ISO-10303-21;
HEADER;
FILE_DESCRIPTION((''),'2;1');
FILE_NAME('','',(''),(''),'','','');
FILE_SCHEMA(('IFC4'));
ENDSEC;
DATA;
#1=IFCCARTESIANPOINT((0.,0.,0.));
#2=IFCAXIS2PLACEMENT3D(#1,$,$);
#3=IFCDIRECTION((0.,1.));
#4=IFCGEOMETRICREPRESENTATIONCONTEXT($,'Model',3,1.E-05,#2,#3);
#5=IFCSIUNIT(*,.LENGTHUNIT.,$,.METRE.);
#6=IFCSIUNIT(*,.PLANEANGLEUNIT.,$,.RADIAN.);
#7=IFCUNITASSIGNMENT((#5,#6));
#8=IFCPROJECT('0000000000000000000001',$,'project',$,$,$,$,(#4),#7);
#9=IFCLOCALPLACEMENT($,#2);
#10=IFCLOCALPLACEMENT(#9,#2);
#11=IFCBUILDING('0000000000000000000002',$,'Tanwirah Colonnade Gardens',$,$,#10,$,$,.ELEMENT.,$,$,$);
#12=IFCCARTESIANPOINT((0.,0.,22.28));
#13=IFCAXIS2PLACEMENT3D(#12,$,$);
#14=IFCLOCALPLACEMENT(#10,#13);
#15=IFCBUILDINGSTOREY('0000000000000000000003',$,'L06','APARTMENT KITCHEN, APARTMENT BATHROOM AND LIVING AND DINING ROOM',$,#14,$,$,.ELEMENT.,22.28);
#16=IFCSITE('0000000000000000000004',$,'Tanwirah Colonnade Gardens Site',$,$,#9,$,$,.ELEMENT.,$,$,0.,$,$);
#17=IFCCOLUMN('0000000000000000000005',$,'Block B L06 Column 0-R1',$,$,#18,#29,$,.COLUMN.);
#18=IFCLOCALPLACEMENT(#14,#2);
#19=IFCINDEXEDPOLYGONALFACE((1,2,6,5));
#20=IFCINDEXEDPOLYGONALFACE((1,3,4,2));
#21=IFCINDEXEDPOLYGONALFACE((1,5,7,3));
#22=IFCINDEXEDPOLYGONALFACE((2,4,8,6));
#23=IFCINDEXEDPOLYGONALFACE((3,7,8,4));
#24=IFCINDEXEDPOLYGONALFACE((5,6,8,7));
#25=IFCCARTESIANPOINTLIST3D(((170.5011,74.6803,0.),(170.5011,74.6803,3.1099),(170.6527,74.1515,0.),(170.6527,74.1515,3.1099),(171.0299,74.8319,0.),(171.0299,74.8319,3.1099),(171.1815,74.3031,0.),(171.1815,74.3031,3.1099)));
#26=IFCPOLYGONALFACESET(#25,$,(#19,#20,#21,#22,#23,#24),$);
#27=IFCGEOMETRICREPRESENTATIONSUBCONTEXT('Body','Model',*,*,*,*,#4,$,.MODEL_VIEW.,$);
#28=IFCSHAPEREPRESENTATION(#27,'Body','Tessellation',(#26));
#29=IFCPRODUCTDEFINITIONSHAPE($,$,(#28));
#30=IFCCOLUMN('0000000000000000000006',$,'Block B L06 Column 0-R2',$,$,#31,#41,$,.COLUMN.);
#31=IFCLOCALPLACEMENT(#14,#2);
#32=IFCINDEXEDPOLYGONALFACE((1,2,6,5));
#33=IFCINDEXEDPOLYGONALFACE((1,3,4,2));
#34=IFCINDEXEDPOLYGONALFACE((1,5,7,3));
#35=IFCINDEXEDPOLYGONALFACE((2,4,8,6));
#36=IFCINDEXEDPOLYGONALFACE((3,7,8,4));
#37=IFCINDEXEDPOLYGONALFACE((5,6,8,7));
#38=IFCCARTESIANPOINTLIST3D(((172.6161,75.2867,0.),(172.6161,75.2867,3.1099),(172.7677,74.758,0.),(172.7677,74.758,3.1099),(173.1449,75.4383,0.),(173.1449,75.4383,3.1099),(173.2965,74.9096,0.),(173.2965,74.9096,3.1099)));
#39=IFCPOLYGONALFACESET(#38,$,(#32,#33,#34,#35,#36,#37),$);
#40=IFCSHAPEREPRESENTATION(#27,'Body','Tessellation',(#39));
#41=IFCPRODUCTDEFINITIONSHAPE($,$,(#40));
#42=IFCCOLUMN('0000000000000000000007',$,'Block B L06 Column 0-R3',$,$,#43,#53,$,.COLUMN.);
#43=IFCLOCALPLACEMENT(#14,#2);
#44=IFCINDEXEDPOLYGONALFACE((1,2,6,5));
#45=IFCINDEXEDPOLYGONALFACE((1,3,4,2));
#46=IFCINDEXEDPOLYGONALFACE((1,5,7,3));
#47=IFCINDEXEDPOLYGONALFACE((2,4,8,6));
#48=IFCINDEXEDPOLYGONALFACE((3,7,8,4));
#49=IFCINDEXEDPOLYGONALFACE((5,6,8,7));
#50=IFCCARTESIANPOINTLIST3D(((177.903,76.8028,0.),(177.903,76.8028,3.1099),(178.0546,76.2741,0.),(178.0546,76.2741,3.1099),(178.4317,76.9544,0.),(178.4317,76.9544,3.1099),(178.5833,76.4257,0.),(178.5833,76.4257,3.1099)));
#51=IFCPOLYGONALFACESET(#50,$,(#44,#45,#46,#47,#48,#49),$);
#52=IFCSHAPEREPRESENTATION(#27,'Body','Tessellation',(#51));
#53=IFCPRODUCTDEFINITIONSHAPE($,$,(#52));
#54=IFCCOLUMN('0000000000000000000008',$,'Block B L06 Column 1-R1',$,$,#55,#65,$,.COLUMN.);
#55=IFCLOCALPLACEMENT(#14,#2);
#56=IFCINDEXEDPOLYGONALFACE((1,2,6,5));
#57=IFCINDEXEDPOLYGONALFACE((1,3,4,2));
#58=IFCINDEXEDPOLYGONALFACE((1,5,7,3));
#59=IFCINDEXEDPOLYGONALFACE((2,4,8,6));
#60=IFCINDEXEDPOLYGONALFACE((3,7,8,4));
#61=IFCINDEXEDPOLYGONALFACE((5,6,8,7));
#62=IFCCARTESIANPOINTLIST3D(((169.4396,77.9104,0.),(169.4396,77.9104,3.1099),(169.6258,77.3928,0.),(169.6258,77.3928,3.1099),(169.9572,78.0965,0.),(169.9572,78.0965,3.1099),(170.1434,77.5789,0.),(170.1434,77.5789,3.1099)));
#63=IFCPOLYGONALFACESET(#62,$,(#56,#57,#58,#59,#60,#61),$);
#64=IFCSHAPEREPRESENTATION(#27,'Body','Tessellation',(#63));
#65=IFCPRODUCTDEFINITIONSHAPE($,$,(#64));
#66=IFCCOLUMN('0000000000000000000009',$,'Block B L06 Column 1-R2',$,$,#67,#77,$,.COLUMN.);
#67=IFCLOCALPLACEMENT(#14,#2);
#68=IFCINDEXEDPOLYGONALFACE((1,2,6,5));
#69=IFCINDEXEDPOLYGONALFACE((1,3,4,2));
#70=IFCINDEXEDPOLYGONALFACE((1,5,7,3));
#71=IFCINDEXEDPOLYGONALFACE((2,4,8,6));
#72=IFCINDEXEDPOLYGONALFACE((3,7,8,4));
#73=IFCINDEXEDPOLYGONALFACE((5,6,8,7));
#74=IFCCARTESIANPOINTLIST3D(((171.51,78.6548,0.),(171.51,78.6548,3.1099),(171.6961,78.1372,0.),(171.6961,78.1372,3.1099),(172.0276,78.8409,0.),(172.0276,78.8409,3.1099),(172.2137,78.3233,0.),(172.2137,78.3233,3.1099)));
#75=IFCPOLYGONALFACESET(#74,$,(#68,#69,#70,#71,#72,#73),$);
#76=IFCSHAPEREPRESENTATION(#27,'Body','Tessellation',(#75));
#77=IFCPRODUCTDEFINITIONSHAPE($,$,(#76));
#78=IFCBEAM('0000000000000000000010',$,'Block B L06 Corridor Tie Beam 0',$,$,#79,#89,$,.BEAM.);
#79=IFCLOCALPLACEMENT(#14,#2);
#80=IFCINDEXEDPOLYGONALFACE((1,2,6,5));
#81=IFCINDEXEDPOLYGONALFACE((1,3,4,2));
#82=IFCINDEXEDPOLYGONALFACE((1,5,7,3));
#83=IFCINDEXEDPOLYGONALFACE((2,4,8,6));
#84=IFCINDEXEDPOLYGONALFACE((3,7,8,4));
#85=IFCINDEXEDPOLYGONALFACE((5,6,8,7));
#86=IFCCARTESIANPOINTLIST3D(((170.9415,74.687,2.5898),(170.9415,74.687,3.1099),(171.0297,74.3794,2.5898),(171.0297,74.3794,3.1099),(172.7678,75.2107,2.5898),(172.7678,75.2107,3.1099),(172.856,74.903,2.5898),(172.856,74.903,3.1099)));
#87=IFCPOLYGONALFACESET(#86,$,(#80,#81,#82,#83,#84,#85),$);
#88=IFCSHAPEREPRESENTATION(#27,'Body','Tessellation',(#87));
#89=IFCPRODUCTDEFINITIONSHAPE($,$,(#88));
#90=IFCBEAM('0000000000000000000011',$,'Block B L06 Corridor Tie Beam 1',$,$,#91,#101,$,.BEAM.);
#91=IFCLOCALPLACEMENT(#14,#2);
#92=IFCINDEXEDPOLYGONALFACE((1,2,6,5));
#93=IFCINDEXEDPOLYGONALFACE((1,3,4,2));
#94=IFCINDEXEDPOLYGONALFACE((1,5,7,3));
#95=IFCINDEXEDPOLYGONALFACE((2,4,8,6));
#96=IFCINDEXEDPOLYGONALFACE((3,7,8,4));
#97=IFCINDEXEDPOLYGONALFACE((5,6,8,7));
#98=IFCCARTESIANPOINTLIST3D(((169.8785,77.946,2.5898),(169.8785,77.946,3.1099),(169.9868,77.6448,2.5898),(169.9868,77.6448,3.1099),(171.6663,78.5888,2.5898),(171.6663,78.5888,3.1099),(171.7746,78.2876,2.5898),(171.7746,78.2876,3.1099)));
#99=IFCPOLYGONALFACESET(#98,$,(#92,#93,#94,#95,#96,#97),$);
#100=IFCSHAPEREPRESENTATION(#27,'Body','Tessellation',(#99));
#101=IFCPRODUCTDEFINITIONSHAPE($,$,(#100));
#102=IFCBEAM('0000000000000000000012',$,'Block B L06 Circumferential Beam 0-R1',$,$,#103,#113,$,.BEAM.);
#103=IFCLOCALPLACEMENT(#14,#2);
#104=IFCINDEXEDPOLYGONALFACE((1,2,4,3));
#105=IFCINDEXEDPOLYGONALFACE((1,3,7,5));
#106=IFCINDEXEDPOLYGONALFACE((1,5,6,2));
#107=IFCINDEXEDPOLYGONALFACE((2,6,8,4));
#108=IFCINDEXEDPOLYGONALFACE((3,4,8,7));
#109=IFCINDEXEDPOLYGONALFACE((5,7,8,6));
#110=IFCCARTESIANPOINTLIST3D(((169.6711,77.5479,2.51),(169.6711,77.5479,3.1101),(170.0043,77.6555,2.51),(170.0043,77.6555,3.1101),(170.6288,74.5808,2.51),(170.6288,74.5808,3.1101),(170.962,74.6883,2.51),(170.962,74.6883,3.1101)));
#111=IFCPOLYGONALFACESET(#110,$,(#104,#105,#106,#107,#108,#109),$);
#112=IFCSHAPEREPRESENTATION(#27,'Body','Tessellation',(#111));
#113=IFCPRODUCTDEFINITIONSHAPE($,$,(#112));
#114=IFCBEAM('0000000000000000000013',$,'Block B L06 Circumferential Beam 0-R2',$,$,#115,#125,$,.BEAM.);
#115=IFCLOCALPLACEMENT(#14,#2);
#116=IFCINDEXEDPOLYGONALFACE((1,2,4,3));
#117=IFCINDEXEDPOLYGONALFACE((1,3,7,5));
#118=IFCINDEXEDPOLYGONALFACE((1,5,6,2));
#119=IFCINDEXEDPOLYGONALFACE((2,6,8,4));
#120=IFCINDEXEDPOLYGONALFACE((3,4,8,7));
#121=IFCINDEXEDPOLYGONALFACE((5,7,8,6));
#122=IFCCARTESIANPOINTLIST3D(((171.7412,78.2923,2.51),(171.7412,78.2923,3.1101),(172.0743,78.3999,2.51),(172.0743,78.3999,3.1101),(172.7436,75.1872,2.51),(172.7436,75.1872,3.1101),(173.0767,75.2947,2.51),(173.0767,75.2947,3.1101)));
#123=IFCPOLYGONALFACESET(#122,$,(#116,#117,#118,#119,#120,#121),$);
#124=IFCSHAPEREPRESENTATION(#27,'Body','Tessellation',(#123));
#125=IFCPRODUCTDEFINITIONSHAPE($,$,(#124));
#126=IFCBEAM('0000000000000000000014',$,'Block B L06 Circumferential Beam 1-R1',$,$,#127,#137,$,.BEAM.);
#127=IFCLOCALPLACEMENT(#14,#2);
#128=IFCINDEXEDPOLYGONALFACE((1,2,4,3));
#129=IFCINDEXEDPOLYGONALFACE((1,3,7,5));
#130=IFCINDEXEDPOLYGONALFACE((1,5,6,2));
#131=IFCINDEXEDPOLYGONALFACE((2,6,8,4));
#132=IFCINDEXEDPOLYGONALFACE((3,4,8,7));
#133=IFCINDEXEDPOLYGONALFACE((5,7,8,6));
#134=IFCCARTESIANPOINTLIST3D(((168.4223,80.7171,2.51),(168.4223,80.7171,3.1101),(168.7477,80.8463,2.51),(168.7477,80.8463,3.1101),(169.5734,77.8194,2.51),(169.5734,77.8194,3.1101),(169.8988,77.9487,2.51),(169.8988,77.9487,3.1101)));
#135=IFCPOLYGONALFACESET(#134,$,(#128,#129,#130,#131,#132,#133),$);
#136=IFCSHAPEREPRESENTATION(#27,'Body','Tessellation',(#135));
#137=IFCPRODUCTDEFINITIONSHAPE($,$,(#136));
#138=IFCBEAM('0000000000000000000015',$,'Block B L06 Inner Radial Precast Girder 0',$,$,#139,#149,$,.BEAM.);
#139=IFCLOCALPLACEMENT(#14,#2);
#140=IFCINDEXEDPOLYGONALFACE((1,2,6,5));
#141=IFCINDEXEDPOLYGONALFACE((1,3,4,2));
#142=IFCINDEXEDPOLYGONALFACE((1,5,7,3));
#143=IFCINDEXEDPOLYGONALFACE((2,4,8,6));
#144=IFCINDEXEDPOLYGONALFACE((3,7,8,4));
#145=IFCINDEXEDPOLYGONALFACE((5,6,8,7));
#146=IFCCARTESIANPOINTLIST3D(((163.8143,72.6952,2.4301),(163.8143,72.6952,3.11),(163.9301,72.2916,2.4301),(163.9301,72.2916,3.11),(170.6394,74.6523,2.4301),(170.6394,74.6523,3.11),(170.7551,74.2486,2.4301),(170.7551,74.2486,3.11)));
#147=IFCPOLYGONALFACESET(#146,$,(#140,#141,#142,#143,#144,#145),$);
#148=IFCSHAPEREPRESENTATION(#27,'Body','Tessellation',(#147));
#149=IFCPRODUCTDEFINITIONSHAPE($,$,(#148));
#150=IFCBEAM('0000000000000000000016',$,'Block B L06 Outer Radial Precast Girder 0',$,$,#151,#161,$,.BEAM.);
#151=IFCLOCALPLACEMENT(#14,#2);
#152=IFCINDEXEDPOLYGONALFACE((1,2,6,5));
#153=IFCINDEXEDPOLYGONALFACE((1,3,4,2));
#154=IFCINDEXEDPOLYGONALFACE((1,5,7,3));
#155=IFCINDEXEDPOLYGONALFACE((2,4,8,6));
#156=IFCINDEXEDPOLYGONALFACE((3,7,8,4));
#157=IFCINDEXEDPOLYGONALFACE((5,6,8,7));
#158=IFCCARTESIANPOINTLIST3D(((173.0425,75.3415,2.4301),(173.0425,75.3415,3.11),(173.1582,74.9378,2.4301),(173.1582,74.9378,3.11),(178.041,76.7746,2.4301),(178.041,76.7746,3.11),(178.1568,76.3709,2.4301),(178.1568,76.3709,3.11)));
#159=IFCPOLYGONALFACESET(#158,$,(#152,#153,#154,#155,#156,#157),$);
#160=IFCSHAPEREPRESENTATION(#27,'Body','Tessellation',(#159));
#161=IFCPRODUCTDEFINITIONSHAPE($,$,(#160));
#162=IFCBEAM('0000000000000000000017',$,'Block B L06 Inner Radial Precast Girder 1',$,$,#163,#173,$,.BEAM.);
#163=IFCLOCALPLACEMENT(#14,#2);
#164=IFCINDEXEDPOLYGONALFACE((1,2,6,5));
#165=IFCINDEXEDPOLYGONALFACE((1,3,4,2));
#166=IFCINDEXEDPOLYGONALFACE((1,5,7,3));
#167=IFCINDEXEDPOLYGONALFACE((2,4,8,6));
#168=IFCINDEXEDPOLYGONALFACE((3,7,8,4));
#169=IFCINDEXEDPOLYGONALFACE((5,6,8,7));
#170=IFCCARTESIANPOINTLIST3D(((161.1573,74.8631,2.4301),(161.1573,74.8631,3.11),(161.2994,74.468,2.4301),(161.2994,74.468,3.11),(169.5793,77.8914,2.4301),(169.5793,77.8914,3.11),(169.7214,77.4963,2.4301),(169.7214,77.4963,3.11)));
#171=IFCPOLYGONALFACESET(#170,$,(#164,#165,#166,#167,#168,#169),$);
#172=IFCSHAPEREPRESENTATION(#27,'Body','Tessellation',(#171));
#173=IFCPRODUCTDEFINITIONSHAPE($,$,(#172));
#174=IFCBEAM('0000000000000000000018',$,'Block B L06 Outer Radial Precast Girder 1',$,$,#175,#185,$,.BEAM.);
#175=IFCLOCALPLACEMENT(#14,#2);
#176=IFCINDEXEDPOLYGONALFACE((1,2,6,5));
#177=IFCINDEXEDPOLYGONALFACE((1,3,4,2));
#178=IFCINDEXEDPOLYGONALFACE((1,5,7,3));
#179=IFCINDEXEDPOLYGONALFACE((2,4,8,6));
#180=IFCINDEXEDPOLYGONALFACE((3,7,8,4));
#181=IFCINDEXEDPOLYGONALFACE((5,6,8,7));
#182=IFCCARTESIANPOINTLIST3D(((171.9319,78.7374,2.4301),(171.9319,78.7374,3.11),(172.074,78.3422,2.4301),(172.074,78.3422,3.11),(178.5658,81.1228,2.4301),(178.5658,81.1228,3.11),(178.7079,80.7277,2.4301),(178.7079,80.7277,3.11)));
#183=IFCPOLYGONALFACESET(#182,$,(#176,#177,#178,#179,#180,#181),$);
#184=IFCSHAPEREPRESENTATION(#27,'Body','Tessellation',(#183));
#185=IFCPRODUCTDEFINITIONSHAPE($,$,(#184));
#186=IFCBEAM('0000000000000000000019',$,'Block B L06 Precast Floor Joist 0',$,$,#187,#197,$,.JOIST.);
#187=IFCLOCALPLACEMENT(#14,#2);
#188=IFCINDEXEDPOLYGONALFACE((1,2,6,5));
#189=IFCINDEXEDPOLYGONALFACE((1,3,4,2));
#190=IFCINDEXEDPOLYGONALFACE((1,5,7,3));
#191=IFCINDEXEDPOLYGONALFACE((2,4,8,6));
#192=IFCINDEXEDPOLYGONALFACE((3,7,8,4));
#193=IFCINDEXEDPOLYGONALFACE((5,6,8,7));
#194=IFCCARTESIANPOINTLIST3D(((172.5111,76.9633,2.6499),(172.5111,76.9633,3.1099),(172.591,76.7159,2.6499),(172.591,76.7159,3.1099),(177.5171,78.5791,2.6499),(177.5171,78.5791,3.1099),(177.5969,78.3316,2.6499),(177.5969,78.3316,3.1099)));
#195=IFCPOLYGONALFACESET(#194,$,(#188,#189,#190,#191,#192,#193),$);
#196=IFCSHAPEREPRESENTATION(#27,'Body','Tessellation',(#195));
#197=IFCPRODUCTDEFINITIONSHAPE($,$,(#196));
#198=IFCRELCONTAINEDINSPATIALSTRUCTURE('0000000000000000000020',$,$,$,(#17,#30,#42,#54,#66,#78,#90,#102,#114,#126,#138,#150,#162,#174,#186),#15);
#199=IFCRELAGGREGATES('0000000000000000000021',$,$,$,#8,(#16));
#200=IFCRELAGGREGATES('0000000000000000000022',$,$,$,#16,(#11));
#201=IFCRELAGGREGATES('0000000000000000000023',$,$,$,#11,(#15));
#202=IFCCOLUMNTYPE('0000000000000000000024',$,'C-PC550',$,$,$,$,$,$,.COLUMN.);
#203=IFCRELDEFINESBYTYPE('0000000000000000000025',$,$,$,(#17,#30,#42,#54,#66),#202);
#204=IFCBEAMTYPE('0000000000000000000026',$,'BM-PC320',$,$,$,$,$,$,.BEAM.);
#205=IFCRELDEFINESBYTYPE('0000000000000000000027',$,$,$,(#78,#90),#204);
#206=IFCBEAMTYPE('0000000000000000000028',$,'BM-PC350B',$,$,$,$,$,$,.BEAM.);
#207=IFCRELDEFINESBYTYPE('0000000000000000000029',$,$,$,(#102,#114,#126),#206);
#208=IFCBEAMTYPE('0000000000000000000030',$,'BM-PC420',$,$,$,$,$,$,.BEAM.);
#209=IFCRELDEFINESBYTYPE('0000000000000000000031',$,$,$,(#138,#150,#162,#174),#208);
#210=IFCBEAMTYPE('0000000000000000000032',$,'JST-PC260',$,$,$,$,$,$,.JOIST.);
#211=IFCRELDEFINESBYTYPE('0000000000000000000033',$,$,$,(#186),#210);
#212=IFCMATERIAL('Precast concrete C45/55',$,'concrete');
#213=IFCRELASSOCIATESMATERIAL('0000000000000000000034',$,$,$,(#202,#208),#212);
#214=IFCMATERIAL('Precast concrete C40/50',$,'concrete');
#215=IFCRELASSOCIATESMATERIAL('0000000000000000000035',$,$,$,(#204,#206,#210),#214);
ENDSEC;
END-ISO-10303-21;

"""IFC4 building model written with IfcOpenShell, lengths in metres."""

from ifc_helpers import new_model, si_unit, direction, frame, origin, origin_2d, place, context, subcontext, project, spatial, rectangle, extrude, material, material_profile, profile_set, type_object, element, save


model = new_model("IFC4")

# Units and contexts
model_context = context("Model", 3, precision=1e-05, world=origin(), true_north=direction((0.0, 1.0)))
body_context = subcontext(model_context, "Body", "Model", "MODEL_VIEW")
ifc_project = project(units=[si_unit("LENGTHUNIT", "METRE"), si_unit("PLANEANGLEUNIT", "RADIAN")], contexts=[model_context])

# Site, building, storey
site_placement = place(None, origin())
site = spatial("IfcSite", under=ifc_project, at=site_placement, Name="Tanwirah Colonnade Gardens Site", CompositionType="ELEMENT", RefElevation=0.0)
building_placement = place(site_placement, origin())
building = spatial("IfcBuilding", under=site, at=building_placement, Name="Tanwirah Colonnade Gardens", CompositionType="ELEMENT")
storey_placement = place(building_placement, frame((0.0, 0.0, 22.28)))
storey = spatial("IfcBuildingStorey", under=building, at=storey_placement, Name="L06", Description="APARTMENT KITCHEN, APARTMENT BATHROOM AND LIVING AND DINING ROOM", CompositionType="ELEMENT", Elevation=22.28)

# Columns
ifc_material_1 = material(Name="Precast concrete C45/55", Category="concrete")
ifc_material_profile_1 = material_profile(ifc_material_1, rectangle(XDim=0.55, YDim=0.55, at=origin_2d()), Name="PC-COL 550x550")
ifc_profile_set_1 = profile_set([ifc_material_profile_1], Name="Precast concrete C45/55")
column_type = type_object("IfcColumnType", Name="C-PC550", PredefinedType="COLUMN", material=ifc_profile_set_1)
for number, where, z_axis, x_axis, name in (
    (1, (170.8413, 74.4917, 0.0), (0.0, 0.0, 1.0), (0.961262, 0.275637, 0.0), "Block B L06 Column 0-R1"),
    (2, (172.9563, 75.0981, 0.0), (0.0, 0.0, 1.0), (0.961262, 0.275637, 0.0), "Block B L06 Column 0-R2"),
    (3, (178.2432, 76.6143, 0.0), (0.0, 0.0, 1.0), (0.961262, 0.275637, 0.0), "Block B L06 Column 0-R3"),
    (4, (169.7915, 77.7446, 0.0), (0.0, 0.0, 1.0), (0.941012, 0.338373, 0.0), "Block B L06 Column 1-R1"),
    (5, (171.8618, 78.489, 0.0), (0.0, 0.0, 1.0), (0.941012, 0.338373, 0.0), "Block B L06 Column 1-R2"),
):
    element("IfcColumn", number, at=place(storey_placement, frame(where, z_axis=z_axis, x_axis=x_axis)), inside=storey, type_object=column_type, Name=name, PredefinedType="COLUMN", context=body_context, shape_type="SweptSolid", body=[
        extrude(rectangle(XDim=0.55, YDim=0.55, at=origin_2d()), origin(), (0.0, 0.0, 1.0), 3.1099),
    ])

# Beams
ifc_material_2 = material(Name="Precast concrete C40/50", Category="concrete")
ifc_material_profile_2 = material_profile(ifc_material_2, rectangle(XDim=0.3201, YDim=0.52, at=origin_2d()), Name="PC-BM 320x520")
ifc_profile_set_2 = profile_set([ifc_material_profile_2], Name="Precast concrete C40/50")
beam_type_1 = type_object("IfcBeamType", Name="BM-PC320", PredefinedType="BEAM", material=ifc_profile_set_2)
for number, where, z_axis, x_axis, name in (
    (6, (170.9856, 74.5332, 2.8499), (0.961267, 0.27562, 0.0), (-0.27562, 0.961267, 0.0), "Block B L06 Corridor Tie Beam 0"),
    (7, (169.9326, 77.7954, 2.8499), (0.941022, 0.338346, 0.0), (-0.338346, 0.941022, 0.0), "Block B L06 Corridor Tie Beam 1"),
):
    element("IfcBeam", number, at=place(storey_placement, frame(where, z_axis=z_axis, x_axis=x_axis)), inside=storey, type_object=beam_type_1, Name=name, PredefinedType="BEAM", context=body_context, shape_type="SweptSolid", body=[
        extrude(rectangle(XDim=0.3201, YDim=0.52, at=origin_2d()), origin(), (0.0, 0.0, 1.0), 1.8999),
    ])
ifc_material_profile_3 = material_profile(ifc_material_2, rectangle(XDim=0.3501, YDim=0.6001, at=origin_2d()), Name="PC-BM 350x600")
ifc_profile_set_3 = profile_set([ifc_material_profile_3], Name="Precast concrete C40/50")
beam_type_2 = type_object("IfcBeamType", Name="BM-PC350B", PredefinedType="BEAM", material=ifc_profile_set_3)
beam_1_placement = place(storey_placement, frame((170.7954, 74.6345, 2.8101), z_axis=(-0.30717, 0.951655, 0.0), x_axis=(-0.951655, -0.30717, 0.0)))
element("IfcBeam", 8, at=beam_1_placement, inside=storey, type_object=beam_type_2, Name="Block B L06 Circumferential Beam 0-R1", PredefinedType="BEAM", context=body_context, shape_type="SweptSolid", body=[
    extrude(rectangle(XDim=0.3501, YDim=0.6001, at=origin_2d()), origin(), (0.0, 0.0, 1.0), 3.1179),
])
beam_2_placement = place(storey_placement, frame((172.9102, 75.241, 2.8101), z_axis=(-0.307213, 0.951641, 0.0), x_axis=(-0.951641, -0.307213, 0.0)))
element("IfcBeam", 9, at=beam_2_placement, inside=storey, type_object=beam_type_2, Name="Block B L06 Circumferential Beam 0-R2", PredefinedType="BEAM", context=body_context, shape_type="SweptSolid", body=[
    extrude(rectangle(XDim=0.3501, YDim=0.6001, at=origin_2d()), origin(), (0.0, 0.0, 1.0), 3.2629),
])
beam_3_placement = place(storey_placement, frame((169.7361, 77.884, 2.8101), z_axis=(-0.369189, 0.929354, 0.0), x_axis=(-0.929354, -0.369189, 0.0)))
element("IfcBeam", 10, at=beam_3_placement, inside=storey, type_object=beam_type_2, Name="Block B L06 Circumferential Beam 1-R1", PredefinedType="BEAM", context=body_context, shape_type="SweptSolid", body=[
    extrude(rectangle(XDim=0.3501, YDim=0.6001, at=origin_2d()), origin(), (0.0, 0.0, 1.0), 3.1179),
])
ifc_material_profile_4 = material_profile(ifc_material_1, rectangle(XDim=0.4199, YDim=0.6799, at=origin_2d()), Name="PC-BM 420x680")
ifc_profile_set_4 = profile_set([ifc_material_profile_4], Name="Precast concrete C45/55")
beam_type_3 = type_object("IfcBeamType", Name="BM-PC420", PredefinedType="BEAM", material=ifc_profile_set_4)
beam_4_placement = place(storey_placement, frame((170.6973, 74.4504, 2.77), z_axis=(-0.961261, -0.275638, 0.0), x_axis=(0.275638, -0.961261, 0.0)))
element("IfcBeam", 11, at=beam_4_placement, inside=storey, type_object=beam_type_3, Name="Block B L06 Inner Radial Precast Girder 0", PredefinedType="BEAM", context=body_context, shape_type="SweptSolid", body=[
    extrude(rectangle(XDim=0.4199, YDim=0.6799, at=origin_2d()), origin(), (0.0, 0.0, 1.0), 7.1001),
])
beam_5_placement = place(storey_placement, frame((173.1003, 75.1396, 2.77), z_axis=(0.961272, 0.275602, 0.0), x_axis=(-0.275602, 0.961272, 0.0)))
element("IfcBeam", 12, at=beam_5_placement, inside=storey, type_object=beam_type_3, Name="Block B L06 Outer Radial Precast Girder 0", PredefinedType="BEAM", context=body_context, shape_type="SweptSolid", body=[
    extrude(rectangle(XDim=0.4199, YDim=0.6799, at=origin_2d()), origin(), (0.0, 0.0, 1.0), 5.2),
])
beam_6_placement = place(storey_placement, frame((169.6504, 77.6938, 2.77), z_axis=(-0.941017, -0.338359, 0.0), x_axis=(0.338359, -0.941017, 0.0)))
element("IfcBeam", 13, at=beam_6_placement, inside=storey, type_object=beam_type_3, Name="Block B L06 Inner Radial Precast Girder 1", PredefinedType="BEAM", context=body_context, shape_type="SweptSolid", body=[
    extrude(rectangle(XDim=0.4199, YDim=0.6799, at=origin_2d()), origin(), (0.0, 0.0, 1.0), 8.95),
])
beam_7_placement = place(storey_placement, frame((172.0029, 78.5398, 2.77), z_axis=(0.941012, 0.338374, 0.0), x_axis=(-0.338374, 0.941012, 0.0)))
element("IfcBeam", 14, at=beam_7_placement, inside=storey, type_object=beam_type_3, Name="Block B L06 Outer Radial Precast Girder 1", PredefinedType="BEAM", context=body_context, shape_type="SweptSolid", body=[
    extrude(rectangle(XDim=0.4199, YDim=0.6799, at=origin_2d()), origin(), (0.0, 0.0, 1.0), 7.0498),
])
ifc_material_profile_5 = material_profile(ifc_material_2, rectangle(XDim=0.26, YDim=0.46, at=origin_2d()), Name="PC-JST 260x460")
ifc_profile_set_5 = profile_set([ifc_material_profile_5], Name="Precast concrete C40/50")
beam_type_4 = type_object("IfcBeamType", Name="JST-PC260", PredefinedType="JOIST", material=ifc_profile_set_5)
beam_8_placement = place(storey_placement, frame((172.551, 76.8396, 2.8799), z_axis=(0.951657, 0.307163, 0.0), x_axis=(-0.307163, 0.951657, 0.0)))
element("IfcBeam", 15, at=beam_8_placement, inside=storey, type_object=beam_type_4, Name="Block B L06 Precast Floor Joist 0", PredefinedType="JOIST", context=body_context, shape_type="SweptSolid", body=[
    extrude(rectangle(XDim=0.26, YDim=0.46, at=origin_2d()), origin(), (0.0, 0.0, 1.0), 5.2603),
])

save(model, "model.ifc")
